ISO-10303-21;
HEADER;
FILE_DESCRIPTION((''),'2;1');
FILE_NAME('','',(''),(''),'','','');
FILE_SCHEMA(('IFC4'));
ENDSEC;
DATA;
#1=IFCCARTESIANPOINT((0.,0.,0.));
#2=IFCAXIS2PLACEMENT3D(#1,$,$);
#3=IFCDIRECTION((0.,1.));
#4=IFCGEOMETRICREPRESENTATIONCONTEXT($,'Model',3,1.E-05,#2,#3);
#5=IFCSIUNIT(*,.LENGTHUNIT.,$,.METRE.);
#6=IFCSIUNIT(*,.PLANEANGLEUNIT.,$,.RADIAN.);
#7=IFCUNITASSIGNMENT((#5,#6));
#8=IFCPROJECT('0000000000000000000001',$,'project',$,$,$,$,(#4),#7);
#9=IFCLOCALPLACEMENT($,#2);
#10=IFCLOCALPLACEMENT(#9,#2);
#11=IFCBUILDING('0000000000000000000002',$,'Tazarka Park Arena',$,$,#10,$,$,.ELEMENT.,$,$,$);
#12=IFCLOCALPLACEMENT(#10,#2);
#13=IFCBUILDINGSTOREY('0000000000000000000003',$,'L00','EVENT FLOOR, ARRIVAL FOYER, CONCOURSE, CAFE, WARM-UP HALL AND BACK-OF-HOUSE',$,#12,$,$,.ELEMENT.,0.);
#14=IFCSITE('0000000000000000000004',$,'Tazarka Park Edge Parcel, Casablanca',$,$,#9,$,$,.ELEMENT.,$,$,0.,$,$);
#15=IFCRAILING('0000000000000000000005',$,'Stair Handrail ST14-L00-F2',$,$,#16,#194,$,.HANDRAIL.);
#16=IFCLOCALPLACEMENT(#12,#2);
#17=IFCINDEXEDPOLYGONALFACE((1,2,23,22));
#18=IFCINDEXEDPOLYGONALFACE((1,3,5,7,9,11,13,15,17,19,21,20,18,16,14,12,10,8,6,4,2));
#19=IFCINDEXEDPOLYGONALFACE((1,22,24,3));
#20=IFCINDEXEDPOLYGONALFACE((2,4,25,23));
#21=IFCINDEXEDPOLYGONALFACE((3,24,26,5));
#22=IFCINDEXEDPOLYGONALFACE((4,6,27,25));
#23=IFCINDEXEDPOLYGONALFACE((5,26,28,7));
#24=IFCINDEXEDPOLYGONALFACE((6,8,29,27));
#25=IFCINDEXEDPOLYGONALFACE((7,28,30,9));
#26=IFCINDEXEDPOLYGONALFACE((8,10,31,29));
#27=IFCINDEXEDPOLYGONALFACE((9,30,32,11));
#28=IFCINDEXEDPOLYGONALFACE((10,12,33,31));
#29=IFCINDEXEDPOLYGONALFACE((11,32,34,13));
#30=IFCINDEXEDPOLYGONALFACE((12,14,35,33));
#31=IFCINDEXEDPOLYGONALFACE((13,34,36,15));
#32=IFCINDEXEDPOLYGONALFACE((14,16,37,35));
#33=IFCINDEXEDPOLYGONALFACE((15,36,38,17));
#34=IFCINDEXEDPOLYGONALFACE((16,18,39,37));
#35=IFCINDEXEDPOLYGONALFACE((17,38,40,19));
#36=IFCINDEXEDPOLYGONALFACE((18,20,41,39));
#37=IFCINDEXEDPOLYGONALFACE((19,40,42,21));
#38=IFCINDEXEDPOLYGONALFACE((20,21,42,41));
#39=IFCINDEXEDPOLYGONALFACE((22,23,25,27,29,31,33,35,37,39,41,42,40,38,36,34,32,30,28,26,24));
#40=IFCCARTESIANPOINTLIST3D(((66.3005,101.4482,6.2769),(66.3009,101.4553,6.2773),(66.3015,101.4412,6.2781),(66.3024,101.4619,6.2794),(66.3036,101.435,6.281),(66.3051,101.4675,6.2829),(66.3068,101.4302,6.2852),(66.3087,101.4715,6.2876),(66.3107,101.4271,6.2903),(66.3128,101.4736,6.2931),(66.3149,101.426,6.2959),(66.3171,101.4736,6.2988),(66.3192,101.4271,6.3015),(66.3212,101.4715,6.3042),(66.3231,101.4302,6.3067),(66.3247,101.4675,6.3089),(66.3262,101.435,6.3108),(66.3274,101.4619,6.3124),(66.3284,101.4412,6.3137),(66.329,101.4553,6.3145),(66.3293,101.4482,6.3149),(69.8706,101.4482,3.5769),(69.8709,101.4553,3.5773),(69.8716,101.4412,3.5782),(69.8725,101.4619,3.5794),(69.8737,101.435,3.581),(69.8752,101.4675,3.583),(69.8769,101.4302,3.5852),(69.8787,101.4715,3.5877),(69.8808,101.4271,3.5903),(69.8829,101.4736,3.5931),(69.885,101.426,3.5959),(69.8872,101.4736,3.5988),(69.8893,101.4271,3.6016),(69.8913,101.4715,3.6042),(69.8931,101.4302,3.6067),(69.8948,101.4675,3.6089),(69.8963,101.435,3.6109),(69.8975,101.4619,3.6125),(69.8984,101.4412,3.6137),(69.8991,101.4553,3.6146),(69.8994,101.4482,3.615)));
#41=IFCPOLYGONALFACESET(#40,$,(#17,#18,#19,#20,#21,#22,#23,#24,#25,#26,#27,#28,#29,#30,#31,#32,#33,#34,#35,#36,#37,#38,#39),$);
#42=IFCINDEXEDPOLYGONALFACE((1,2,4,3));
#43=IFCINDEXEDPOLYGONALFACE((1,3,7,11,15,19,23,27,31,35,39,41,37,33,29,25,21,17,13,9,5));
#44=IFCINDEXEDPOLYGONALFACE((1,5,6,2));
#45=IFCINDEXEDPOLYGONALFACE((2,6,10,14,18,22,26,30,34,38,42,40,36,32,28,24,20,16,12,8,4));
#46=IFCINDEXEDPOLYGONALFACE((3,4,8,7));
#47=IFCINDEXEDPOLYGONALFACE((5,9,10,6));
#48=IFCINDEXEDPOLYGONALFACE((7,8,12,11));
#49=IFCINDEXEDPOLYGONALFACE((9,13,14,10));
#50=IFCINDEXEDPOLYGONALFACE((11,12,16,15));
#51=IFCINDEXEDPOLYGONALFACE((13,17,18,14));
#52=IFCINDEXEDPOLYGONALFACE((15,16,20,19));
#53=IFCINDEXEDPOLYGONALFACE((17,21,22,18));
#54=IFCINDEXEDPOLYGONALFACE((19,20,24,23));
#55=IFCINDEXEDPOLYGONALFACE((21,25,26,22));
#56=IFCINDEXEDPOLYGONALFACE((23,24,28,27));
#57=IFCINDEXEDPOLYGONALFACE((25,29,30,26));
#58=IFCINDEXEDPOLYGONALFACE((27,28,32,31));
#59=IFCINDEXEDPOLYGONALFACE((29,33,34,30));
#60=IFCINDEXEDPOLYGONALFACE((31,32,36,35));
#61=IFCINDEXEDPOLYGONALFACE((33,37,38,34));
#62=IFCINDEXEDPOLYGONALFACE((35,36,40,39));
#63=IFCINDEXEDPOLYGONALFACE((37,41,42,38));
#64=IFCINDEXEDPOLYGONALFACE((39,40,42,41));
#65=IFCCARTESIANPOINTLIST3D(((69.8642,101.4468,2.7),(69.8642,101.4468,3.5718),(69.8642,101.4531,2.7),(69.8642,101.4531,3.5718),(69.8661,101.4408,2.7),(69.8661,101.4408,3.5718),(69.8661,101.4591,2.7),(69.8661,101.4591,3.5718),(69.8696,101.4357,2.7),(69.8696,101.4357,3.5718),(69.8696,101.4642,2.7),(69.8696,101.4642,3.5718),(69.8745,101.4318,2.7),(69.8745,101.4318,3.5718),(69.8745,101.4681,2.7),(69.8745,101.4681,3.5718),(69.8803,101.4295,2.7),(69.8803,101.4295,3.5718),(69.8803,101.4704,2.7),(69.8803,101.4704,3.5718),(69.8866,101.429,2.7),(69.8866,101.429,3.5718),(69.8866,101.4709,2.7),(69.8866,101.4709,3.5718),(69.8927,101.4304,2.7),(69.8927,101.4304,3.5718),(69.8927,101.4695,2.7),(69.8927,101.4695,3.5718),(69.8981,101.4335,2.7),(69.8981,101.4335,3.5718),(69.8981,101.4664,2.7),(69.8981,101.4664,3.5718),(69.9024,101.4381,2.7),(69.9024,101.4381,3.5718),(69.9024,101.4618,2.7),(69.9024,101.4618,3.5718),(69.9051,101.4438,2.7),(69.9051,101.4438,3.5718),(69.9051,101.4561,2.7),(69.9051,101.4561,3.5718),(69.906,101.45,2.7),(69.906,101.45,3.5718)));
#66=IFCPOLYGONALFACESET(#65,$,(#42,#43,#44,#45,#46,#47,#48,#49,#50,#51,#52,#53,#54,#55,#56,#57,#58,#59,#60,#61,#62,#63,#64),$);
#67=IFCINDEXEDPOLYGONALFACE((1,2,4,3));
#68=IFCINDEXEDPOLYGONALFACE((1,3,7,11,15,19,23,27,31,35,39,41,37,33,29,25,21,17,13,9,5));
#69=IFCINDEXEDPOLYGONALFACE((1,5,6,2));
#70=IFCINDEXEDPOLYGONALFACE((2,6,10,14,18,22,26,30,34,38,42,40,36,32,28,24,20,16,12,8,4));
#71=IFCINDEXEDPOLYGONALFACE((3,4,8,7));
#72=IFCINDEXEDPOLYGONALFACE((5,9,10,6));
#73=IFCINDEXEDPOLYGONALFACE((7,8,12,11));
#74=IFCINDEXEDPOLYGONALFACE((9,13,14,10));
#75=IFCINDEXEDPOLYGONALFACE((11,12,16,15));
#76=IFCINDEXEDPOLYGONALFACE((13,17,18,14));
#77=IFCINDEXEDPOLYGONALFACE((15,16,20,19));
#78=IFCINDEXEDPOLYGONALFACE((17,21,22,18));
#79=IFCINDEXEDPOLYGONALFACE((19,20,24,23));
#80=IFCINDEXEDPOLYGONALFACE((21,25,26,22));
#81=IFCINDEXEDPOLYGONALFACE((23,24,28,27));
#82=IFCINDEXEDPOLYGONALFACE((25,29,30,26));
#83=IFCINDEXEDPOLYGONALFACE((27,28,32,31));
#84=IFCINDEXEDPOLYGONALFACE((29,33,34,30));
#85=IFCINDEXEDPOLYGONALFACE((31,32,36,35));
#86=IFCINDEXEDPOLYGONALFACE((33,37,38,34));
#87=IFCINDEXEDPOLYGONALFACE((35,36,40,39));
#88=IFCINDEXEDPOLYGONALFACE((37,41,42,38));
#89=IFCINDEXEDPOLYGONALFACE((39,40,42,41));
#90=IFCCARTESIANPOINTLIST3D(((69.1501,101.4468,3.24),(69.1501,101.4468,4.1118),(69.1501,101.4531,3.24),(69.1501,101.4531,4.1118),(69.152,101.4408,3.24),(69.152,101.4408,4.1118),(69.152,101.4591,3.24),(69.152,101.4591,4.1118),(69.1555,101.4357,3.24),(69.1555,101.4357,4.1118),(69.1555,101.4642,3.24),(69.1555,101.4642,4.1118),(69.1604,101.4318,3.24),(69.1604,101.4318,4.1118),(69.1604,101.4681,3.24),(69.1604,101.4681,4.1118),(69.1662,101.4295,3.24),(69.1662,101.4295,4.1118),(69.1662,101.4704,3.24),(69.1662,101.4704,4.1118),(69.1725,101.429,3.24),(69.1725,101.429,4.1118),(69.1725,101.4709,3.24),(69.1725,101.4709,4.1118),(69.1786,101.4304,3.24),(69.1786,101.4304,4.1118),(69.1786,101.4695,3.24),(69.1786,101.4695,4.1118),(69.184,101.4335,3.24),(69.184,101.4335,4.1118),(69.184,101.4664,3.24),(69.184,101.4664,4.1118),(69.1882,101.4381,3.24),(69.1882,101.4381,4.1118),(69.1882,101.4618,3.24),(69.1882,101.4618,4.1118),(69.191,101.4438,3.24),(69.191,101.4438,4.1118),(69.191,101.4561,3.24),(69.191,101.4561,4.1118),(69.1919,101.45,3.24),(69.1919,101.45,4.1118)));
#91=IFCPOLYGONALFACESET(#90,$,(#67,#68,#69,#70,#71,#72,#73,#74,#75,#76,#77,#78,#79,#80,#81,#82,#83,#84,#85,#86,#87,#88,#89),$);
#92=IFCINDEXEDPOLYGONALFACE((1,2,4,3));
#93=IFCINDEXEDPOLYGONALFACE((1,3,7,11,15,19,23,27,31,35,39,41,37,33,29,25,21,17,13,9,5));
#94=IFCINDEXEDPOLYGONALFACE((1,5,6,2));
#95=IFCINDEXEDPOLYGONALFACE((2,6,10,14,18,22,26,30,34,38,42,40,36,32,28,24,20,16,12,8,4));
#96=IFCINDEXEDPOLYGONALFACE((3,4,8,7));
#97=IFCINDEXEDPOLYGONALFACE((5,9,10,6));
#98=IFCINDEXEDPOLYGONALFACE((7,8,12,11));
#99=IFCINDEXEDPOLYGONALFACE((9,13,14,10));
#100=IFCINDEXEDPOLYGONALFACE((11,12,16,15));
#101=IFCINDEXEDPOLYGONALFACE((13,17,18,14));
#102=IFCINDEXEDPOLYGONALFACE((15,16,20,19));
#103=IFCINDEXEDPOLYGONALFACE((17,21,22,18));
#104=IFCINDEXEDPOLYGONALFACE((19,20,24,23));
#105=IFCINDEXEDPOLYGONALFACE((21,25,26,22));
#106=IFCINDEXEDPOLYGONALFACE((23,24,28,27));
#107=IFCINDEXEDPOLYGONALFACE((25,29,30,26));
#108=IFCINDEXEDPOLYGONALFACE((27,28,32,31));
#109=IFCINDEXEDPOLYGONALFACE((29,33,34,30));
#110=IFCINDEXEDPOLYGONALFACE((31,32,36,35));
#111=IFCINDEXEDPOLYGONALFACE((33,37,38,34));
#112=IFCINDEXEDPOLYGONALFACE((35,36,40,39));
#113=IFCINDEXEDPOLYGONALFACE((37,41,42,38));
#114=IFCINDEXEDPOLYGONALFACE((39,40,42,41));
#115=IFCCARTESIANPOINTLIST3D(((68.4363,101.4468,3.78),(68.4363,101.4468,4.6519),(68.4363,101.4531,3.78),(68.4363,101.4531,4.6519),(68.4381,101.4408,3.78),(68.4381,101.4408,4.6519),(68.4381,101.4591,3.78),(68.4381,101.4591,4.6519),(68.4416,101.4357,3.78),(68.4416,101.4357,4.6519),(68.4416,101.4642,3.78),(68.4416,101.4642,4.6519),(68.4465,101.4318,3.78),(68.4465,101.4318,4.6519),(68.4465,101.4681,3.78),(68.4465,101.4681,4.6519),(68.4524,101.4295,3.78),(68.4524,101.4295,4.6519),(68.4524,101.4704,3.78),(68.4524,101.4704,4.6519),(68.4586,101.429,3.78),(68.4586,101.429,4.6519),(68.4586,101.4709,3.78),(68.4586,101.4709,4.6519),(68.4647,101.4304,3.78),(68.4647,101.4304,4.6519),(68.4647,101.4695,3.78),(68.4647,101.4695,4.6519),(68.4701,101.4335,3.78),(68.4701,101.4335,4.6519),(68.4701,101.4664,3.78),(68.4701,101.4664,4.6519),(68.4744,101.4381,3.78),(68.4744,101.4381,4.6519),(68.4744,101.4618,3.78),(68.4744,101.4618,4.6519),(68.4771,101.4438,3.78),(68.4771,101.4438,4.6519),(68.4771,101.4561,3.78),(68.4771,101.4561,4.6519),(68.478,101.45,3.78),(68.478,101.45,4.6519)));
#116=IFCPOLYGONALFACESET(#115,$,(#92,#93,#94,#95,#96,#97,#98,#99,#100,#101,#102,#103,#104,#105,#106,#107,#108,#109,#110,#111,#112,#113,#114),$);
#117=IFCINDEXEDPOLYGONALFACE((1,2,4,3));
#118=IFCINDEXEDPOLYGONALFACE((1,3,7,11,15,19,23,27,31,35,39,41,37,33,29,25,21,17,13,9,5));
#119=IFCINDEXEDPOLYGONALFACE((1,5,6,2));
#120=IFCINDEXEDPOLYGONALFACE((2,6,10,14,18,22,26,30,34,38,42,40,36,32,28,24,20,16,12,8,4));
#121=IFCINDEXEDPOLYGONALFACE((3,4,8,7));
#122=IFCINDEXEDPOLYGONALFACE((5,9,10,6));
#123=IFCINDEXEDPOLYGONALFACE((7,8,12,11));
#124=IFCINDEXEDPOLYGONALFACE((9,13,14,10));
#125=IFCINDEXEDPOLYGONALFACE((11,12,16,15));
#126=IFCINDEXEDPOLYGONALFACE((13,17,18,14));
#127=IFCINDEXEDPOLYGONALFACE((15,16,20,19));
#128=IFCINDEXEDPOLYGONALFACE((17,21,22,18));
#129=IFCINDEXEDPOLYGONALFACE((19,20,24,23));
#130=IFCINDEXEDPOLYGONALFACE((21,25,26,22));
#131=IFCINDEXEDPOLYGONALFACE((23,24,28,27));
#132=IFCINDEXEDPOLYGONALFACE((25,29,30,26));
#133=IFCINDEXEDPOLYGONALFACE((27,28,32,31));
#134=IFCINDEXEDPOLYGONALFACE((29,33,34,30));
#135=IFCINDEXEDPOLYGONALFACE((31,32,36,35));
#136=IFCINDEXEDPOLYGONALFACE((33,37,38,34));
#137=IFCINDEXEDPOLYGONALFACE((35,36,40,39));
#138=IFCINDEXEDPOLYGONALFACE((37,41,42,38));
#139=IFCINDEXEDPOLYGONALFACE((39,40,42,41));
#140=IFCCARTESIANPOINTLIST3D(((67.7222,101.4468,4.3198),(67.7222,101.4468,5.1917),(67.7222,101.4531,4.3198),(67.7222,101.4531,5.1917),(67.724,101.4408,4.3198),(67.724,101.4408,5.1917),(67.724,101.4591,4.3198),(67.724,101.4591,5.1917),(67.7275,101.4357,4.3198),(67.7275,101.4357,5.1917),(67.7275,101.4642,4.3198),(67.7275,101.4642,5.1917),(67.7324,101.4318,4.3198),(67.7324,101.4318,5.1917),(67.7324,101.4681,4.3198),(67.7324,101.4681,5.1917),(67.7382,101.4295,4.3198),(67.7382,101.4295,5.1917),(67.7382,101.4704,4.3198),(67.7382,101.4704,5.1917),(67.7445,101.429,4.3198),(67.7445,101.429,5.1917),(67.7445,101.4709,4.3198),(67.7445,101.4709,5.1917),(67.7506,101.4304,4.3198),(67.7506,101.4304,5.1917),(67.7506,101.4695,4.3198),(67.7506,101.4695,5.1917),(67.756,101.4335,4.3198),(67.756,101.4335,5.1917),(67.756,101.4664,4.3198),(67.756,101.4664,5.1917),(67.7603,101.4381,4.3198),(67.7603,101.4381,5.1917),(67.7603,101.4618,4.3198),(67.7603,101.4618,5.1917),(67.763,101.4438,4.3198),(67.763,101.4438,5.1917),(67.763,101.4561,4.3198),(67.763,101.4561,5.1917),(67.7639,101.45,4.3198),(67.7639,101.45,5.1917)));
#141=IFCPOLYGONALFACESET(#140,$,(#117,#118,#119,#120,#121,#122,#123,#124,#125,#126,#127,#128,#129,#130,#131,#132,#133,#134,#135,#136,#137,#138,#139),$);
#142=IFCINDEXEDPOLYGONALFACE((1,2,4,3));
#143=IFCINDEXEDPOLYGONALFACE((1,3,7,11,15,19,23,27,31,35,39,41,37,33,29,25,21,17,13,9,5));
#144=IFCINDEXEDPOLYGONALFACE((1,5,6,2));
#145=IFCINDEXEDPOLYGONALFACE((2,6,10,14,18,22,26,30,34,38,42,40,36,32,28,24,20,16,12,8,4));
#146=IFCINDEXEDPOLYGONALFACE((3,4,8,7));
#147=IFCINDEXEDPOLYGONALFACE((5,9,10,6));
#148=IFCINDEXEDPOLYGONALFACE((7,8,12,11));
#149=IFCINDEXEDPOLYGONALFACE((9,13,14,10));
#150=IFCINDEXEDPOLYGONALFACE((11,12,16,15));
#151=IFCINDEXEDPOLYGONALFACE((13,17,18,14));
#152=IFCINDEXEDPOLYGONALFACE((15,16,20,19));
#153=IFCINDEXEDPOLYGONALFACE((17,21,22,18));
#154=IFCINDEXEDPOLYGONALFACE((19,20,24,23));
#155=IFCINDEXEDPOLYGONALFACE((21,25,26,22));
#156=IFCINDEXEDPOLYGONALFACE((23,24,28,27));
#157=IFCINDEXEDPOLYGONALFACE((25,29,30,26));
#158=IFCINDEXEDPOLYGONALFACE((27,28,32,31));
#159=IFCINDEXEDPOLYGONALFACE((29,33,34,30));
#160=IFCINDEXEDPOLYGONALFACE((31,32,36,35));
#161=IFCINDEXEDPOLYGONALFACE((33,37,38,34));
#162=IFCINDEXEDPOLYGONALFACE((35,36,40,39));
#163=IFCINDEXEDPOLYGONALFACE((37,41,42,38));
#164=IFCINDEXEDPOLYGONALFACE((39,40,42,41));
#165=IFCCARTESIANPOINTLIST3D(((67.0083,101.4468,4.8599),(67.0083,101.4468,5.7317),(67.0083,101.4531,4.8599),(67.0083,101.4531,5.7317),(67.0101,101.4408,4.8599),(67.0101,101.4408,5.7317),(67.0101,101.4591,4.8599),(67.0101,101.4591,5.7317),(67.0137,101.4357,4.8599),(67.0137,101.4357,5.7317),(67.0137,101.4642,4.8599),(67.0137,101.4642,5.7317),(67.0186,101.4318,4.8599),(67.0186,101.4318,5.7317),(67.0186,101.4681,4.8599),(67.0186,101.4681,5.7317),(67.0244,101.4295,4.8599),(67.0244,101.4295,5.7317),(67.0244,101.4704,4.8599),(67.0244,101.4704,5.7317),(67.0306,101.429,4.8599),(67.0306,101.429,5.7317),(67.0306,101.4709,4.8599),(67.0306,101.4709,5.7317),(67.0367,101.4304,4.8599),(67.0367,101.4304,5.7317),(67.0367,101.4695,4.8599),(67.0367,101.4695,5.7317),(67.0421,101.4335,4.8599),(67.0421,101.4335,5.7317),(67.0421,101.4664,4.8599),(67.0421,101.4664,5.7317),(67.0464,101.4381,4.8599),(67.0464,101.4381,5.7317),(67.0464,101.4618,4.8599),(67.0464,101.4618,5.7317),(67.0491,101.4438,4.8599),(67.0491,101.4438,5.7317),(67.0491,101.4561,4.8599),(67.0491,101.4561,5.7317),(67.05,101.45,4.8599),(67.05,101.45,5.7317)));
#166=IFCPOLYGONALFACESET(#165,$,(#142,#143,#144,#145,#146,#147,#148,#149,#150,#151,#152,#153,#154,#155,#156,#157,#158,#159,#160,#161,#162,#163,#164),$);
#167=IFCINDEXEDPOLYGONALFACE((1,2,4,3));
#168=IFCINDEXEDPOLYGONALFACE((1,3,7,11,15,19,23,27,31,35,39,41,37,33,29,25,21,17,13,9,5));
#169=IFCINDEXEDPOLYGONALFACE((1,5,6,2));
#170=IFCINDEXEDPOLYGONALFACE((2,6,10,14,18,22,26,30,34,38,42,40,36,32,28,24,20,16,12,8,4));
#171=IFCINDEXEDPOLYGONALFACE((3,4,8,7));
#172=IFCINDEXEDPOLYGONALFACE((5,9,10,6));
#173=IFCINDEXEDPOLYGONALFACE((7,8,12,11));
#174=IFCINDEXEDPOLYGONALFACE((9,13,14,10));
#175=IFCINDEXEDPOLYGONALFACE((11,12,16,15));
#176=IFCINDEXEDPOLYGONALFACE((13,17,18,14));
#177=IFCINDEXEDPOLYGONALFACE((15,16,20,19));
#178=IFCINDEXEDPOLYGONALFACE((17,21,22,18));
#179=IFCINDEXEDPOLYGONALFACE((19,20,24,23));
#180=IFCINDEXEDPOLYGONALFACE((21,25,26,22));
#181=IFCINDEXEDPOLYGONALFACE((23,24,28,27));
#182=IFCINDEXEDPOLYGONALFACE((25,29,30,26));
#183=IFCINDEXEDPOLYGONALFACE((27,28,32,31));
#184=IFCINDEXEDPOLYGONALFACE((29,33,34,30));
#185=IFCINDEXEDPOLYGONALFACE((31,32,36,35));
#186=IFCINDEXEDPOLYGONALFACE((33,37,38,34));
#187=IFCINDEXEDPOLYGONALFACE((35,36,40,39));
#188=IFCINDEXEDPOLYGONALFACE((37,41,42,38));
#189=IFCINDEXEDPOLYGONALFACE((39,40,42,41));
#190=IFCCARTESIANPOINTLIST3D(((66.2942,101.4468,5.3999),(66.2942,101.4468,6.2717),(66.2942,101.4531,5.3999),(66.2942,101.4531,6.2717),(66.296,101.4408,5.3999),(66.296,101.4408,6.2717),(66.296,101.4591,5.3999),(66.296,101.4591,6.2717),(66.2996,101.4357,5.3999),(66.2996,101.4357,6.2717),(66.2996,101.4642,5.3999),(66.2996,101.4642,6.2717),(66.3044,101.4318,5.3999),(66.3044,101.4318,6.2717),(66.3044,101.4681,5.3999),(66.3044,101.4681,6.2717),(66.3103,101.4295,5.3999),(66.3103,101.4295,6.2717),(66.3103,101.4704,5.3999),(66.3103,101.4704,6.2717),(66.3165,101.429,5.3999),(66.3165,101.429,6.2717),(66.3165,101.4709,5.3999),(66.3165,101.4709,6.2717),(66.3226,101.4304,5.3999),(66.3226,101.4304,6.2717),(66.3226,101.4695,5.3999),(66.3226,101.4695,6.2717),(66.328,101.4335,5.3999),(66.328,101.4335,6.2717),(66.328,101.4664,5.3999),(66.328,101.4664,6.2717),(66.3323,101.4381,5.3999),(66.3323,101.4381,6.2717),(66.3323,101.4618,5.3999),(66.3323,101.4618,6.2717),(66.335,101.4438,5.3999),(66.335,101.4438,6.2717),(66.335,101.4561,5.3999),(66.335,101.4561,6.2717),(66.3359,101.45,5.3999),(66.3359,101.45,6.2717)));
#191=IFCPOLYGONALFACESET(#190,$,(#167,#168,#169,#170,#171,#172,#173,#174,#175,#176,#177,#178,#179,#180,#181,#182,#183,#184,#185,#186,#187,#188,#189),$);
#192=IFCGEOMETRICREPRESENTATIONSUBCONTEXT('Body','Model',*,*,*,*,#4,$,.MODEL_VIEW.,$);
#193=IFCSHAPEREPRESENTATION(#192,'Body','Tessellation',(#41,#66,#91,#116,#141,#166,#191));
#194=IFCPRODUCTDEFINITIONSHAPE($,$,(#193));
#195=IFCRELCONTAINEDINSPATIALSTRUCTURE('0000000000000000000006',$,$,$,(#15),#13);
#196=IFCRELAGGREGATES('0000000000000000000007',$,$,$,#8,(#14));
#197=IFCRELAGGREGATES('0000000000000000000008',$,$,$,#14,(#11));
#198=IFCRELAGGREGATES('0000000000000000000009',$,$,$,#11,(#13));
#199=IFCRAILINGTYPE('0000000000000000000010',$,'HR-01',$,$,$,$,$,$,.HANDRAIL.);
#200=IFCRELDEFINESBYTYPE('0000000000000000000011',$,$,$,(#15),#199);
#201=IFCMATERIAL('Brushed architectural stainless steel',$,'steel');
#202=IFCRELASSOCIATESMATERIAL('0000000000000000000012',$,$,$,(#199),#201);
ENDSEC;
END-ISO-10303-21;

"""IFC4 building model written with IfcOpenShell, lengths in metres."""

from ifc_helpers import new_model, si_unit, direction, frame, origin, origin_2d, place, context, subcontext, project, spatial, circle, extrude, material, type_object, element, save


model = new_model("IFC4")

# Units and contexts
model_context = context("Model", 3, precision=1e-05, world=origin(), true_north=direction((0.0, 1.0)))
body_context = subcontext(model_context, "Body", "Model", "MODEL_VIEW")
ifc_project = project(units=[si_unit("LENGTHUNIT", "METRE"), si_unit("PLANEANGLEUNIT", "RADIAN")], contexts=[model_context])

# Site, building, storey
site_placement = place(None, origin())
site = spatial("IfcSite", under=ifc_project, at=site_placement, Name="Tazarka Park Edge Parcel, Casablanca", CompositionType="ELEMENT", RefElevation=0.0)
building_placement = place(site_placement, origin())
building = spatial("IfcBuilding", under=site, at=building_placement, Name="Tazarka Park Arena", CompositionType="ELEMENT")
storey_placement = place(building_placement, origin())
storey = spatial("IfcBuildingStorey", under=building, at=storey_placement, Name="L00", Description="EVENT FLOOR, ARRIVAL FOYER, CONCOURSE, CAFE, WARM-UP HALL AND BACK-OF-HOUSE", CompositionType="ELEMENT", Elevation=0.0)

# Railing
ifc_material_1 = material(Name="Brushed architectural stainless steel", Category="steel")
railing_type_1 = type_object("IfcRailingType", Name="HR-01", PredefinedType="HANDRAIL", material=ifc_material_1)
railing_1_placement = place(storey_placement, frame((69.885, 101.45, 2.7)))
element("IfcRailing", 1, at=railing_1_placement, inside=storey, type_object=railing_type_1, Name="Stair Handrail ST14-L00-F2", PredefinedType="HANDRAIL", context=body_context, shape_type="SweptSolid", body=[
    extrude(circle(Radius=0.0239, at=origin_2d()), frame((0.0, 0.0, 0.896), z_axis=(-0.797591, 0.0, 0.603198), x_axis=(0.0, -1.0, 0.0)), (0.0, 0.0, 1.0), 4.4761),
    extrude(circle(Radius=0.021, at=origin_2d()), origin(), (0.0, 0.0, 1.0), 0.8718),
    extrude(circle(Radius=0.021, at=origin_2d()), frame((-0.7141, 0.0, 0.54)), (0.0, 0.0, 1.0), 0.8718),
    extrude(circle(Radius=0.021, at=origin_2d()), frame((-1.428, 0.0, 1.0801)), (0.0, 0.0, 1.0), 0.8718),
    extrude(circle(Radius=0.021, at=origin_2d()), frame((-2.1421, 0.0, 1.6199)), (0.0, 0.0, 1.0), 0.8718),
    extrude(circle(Radius=0.021, at=origin_2d()), frame((-2.856, 0.0, 2.1599)), (0.0, 0.0, 1.0), 0.8718),
    extrude(circle(Radius=0.021, at=origin_2d()), frame((-3.5701, 0.0, 2.7)), (0.0, 0.0, 1.0), 0.8718),
])

save(model, "model.ifc")
